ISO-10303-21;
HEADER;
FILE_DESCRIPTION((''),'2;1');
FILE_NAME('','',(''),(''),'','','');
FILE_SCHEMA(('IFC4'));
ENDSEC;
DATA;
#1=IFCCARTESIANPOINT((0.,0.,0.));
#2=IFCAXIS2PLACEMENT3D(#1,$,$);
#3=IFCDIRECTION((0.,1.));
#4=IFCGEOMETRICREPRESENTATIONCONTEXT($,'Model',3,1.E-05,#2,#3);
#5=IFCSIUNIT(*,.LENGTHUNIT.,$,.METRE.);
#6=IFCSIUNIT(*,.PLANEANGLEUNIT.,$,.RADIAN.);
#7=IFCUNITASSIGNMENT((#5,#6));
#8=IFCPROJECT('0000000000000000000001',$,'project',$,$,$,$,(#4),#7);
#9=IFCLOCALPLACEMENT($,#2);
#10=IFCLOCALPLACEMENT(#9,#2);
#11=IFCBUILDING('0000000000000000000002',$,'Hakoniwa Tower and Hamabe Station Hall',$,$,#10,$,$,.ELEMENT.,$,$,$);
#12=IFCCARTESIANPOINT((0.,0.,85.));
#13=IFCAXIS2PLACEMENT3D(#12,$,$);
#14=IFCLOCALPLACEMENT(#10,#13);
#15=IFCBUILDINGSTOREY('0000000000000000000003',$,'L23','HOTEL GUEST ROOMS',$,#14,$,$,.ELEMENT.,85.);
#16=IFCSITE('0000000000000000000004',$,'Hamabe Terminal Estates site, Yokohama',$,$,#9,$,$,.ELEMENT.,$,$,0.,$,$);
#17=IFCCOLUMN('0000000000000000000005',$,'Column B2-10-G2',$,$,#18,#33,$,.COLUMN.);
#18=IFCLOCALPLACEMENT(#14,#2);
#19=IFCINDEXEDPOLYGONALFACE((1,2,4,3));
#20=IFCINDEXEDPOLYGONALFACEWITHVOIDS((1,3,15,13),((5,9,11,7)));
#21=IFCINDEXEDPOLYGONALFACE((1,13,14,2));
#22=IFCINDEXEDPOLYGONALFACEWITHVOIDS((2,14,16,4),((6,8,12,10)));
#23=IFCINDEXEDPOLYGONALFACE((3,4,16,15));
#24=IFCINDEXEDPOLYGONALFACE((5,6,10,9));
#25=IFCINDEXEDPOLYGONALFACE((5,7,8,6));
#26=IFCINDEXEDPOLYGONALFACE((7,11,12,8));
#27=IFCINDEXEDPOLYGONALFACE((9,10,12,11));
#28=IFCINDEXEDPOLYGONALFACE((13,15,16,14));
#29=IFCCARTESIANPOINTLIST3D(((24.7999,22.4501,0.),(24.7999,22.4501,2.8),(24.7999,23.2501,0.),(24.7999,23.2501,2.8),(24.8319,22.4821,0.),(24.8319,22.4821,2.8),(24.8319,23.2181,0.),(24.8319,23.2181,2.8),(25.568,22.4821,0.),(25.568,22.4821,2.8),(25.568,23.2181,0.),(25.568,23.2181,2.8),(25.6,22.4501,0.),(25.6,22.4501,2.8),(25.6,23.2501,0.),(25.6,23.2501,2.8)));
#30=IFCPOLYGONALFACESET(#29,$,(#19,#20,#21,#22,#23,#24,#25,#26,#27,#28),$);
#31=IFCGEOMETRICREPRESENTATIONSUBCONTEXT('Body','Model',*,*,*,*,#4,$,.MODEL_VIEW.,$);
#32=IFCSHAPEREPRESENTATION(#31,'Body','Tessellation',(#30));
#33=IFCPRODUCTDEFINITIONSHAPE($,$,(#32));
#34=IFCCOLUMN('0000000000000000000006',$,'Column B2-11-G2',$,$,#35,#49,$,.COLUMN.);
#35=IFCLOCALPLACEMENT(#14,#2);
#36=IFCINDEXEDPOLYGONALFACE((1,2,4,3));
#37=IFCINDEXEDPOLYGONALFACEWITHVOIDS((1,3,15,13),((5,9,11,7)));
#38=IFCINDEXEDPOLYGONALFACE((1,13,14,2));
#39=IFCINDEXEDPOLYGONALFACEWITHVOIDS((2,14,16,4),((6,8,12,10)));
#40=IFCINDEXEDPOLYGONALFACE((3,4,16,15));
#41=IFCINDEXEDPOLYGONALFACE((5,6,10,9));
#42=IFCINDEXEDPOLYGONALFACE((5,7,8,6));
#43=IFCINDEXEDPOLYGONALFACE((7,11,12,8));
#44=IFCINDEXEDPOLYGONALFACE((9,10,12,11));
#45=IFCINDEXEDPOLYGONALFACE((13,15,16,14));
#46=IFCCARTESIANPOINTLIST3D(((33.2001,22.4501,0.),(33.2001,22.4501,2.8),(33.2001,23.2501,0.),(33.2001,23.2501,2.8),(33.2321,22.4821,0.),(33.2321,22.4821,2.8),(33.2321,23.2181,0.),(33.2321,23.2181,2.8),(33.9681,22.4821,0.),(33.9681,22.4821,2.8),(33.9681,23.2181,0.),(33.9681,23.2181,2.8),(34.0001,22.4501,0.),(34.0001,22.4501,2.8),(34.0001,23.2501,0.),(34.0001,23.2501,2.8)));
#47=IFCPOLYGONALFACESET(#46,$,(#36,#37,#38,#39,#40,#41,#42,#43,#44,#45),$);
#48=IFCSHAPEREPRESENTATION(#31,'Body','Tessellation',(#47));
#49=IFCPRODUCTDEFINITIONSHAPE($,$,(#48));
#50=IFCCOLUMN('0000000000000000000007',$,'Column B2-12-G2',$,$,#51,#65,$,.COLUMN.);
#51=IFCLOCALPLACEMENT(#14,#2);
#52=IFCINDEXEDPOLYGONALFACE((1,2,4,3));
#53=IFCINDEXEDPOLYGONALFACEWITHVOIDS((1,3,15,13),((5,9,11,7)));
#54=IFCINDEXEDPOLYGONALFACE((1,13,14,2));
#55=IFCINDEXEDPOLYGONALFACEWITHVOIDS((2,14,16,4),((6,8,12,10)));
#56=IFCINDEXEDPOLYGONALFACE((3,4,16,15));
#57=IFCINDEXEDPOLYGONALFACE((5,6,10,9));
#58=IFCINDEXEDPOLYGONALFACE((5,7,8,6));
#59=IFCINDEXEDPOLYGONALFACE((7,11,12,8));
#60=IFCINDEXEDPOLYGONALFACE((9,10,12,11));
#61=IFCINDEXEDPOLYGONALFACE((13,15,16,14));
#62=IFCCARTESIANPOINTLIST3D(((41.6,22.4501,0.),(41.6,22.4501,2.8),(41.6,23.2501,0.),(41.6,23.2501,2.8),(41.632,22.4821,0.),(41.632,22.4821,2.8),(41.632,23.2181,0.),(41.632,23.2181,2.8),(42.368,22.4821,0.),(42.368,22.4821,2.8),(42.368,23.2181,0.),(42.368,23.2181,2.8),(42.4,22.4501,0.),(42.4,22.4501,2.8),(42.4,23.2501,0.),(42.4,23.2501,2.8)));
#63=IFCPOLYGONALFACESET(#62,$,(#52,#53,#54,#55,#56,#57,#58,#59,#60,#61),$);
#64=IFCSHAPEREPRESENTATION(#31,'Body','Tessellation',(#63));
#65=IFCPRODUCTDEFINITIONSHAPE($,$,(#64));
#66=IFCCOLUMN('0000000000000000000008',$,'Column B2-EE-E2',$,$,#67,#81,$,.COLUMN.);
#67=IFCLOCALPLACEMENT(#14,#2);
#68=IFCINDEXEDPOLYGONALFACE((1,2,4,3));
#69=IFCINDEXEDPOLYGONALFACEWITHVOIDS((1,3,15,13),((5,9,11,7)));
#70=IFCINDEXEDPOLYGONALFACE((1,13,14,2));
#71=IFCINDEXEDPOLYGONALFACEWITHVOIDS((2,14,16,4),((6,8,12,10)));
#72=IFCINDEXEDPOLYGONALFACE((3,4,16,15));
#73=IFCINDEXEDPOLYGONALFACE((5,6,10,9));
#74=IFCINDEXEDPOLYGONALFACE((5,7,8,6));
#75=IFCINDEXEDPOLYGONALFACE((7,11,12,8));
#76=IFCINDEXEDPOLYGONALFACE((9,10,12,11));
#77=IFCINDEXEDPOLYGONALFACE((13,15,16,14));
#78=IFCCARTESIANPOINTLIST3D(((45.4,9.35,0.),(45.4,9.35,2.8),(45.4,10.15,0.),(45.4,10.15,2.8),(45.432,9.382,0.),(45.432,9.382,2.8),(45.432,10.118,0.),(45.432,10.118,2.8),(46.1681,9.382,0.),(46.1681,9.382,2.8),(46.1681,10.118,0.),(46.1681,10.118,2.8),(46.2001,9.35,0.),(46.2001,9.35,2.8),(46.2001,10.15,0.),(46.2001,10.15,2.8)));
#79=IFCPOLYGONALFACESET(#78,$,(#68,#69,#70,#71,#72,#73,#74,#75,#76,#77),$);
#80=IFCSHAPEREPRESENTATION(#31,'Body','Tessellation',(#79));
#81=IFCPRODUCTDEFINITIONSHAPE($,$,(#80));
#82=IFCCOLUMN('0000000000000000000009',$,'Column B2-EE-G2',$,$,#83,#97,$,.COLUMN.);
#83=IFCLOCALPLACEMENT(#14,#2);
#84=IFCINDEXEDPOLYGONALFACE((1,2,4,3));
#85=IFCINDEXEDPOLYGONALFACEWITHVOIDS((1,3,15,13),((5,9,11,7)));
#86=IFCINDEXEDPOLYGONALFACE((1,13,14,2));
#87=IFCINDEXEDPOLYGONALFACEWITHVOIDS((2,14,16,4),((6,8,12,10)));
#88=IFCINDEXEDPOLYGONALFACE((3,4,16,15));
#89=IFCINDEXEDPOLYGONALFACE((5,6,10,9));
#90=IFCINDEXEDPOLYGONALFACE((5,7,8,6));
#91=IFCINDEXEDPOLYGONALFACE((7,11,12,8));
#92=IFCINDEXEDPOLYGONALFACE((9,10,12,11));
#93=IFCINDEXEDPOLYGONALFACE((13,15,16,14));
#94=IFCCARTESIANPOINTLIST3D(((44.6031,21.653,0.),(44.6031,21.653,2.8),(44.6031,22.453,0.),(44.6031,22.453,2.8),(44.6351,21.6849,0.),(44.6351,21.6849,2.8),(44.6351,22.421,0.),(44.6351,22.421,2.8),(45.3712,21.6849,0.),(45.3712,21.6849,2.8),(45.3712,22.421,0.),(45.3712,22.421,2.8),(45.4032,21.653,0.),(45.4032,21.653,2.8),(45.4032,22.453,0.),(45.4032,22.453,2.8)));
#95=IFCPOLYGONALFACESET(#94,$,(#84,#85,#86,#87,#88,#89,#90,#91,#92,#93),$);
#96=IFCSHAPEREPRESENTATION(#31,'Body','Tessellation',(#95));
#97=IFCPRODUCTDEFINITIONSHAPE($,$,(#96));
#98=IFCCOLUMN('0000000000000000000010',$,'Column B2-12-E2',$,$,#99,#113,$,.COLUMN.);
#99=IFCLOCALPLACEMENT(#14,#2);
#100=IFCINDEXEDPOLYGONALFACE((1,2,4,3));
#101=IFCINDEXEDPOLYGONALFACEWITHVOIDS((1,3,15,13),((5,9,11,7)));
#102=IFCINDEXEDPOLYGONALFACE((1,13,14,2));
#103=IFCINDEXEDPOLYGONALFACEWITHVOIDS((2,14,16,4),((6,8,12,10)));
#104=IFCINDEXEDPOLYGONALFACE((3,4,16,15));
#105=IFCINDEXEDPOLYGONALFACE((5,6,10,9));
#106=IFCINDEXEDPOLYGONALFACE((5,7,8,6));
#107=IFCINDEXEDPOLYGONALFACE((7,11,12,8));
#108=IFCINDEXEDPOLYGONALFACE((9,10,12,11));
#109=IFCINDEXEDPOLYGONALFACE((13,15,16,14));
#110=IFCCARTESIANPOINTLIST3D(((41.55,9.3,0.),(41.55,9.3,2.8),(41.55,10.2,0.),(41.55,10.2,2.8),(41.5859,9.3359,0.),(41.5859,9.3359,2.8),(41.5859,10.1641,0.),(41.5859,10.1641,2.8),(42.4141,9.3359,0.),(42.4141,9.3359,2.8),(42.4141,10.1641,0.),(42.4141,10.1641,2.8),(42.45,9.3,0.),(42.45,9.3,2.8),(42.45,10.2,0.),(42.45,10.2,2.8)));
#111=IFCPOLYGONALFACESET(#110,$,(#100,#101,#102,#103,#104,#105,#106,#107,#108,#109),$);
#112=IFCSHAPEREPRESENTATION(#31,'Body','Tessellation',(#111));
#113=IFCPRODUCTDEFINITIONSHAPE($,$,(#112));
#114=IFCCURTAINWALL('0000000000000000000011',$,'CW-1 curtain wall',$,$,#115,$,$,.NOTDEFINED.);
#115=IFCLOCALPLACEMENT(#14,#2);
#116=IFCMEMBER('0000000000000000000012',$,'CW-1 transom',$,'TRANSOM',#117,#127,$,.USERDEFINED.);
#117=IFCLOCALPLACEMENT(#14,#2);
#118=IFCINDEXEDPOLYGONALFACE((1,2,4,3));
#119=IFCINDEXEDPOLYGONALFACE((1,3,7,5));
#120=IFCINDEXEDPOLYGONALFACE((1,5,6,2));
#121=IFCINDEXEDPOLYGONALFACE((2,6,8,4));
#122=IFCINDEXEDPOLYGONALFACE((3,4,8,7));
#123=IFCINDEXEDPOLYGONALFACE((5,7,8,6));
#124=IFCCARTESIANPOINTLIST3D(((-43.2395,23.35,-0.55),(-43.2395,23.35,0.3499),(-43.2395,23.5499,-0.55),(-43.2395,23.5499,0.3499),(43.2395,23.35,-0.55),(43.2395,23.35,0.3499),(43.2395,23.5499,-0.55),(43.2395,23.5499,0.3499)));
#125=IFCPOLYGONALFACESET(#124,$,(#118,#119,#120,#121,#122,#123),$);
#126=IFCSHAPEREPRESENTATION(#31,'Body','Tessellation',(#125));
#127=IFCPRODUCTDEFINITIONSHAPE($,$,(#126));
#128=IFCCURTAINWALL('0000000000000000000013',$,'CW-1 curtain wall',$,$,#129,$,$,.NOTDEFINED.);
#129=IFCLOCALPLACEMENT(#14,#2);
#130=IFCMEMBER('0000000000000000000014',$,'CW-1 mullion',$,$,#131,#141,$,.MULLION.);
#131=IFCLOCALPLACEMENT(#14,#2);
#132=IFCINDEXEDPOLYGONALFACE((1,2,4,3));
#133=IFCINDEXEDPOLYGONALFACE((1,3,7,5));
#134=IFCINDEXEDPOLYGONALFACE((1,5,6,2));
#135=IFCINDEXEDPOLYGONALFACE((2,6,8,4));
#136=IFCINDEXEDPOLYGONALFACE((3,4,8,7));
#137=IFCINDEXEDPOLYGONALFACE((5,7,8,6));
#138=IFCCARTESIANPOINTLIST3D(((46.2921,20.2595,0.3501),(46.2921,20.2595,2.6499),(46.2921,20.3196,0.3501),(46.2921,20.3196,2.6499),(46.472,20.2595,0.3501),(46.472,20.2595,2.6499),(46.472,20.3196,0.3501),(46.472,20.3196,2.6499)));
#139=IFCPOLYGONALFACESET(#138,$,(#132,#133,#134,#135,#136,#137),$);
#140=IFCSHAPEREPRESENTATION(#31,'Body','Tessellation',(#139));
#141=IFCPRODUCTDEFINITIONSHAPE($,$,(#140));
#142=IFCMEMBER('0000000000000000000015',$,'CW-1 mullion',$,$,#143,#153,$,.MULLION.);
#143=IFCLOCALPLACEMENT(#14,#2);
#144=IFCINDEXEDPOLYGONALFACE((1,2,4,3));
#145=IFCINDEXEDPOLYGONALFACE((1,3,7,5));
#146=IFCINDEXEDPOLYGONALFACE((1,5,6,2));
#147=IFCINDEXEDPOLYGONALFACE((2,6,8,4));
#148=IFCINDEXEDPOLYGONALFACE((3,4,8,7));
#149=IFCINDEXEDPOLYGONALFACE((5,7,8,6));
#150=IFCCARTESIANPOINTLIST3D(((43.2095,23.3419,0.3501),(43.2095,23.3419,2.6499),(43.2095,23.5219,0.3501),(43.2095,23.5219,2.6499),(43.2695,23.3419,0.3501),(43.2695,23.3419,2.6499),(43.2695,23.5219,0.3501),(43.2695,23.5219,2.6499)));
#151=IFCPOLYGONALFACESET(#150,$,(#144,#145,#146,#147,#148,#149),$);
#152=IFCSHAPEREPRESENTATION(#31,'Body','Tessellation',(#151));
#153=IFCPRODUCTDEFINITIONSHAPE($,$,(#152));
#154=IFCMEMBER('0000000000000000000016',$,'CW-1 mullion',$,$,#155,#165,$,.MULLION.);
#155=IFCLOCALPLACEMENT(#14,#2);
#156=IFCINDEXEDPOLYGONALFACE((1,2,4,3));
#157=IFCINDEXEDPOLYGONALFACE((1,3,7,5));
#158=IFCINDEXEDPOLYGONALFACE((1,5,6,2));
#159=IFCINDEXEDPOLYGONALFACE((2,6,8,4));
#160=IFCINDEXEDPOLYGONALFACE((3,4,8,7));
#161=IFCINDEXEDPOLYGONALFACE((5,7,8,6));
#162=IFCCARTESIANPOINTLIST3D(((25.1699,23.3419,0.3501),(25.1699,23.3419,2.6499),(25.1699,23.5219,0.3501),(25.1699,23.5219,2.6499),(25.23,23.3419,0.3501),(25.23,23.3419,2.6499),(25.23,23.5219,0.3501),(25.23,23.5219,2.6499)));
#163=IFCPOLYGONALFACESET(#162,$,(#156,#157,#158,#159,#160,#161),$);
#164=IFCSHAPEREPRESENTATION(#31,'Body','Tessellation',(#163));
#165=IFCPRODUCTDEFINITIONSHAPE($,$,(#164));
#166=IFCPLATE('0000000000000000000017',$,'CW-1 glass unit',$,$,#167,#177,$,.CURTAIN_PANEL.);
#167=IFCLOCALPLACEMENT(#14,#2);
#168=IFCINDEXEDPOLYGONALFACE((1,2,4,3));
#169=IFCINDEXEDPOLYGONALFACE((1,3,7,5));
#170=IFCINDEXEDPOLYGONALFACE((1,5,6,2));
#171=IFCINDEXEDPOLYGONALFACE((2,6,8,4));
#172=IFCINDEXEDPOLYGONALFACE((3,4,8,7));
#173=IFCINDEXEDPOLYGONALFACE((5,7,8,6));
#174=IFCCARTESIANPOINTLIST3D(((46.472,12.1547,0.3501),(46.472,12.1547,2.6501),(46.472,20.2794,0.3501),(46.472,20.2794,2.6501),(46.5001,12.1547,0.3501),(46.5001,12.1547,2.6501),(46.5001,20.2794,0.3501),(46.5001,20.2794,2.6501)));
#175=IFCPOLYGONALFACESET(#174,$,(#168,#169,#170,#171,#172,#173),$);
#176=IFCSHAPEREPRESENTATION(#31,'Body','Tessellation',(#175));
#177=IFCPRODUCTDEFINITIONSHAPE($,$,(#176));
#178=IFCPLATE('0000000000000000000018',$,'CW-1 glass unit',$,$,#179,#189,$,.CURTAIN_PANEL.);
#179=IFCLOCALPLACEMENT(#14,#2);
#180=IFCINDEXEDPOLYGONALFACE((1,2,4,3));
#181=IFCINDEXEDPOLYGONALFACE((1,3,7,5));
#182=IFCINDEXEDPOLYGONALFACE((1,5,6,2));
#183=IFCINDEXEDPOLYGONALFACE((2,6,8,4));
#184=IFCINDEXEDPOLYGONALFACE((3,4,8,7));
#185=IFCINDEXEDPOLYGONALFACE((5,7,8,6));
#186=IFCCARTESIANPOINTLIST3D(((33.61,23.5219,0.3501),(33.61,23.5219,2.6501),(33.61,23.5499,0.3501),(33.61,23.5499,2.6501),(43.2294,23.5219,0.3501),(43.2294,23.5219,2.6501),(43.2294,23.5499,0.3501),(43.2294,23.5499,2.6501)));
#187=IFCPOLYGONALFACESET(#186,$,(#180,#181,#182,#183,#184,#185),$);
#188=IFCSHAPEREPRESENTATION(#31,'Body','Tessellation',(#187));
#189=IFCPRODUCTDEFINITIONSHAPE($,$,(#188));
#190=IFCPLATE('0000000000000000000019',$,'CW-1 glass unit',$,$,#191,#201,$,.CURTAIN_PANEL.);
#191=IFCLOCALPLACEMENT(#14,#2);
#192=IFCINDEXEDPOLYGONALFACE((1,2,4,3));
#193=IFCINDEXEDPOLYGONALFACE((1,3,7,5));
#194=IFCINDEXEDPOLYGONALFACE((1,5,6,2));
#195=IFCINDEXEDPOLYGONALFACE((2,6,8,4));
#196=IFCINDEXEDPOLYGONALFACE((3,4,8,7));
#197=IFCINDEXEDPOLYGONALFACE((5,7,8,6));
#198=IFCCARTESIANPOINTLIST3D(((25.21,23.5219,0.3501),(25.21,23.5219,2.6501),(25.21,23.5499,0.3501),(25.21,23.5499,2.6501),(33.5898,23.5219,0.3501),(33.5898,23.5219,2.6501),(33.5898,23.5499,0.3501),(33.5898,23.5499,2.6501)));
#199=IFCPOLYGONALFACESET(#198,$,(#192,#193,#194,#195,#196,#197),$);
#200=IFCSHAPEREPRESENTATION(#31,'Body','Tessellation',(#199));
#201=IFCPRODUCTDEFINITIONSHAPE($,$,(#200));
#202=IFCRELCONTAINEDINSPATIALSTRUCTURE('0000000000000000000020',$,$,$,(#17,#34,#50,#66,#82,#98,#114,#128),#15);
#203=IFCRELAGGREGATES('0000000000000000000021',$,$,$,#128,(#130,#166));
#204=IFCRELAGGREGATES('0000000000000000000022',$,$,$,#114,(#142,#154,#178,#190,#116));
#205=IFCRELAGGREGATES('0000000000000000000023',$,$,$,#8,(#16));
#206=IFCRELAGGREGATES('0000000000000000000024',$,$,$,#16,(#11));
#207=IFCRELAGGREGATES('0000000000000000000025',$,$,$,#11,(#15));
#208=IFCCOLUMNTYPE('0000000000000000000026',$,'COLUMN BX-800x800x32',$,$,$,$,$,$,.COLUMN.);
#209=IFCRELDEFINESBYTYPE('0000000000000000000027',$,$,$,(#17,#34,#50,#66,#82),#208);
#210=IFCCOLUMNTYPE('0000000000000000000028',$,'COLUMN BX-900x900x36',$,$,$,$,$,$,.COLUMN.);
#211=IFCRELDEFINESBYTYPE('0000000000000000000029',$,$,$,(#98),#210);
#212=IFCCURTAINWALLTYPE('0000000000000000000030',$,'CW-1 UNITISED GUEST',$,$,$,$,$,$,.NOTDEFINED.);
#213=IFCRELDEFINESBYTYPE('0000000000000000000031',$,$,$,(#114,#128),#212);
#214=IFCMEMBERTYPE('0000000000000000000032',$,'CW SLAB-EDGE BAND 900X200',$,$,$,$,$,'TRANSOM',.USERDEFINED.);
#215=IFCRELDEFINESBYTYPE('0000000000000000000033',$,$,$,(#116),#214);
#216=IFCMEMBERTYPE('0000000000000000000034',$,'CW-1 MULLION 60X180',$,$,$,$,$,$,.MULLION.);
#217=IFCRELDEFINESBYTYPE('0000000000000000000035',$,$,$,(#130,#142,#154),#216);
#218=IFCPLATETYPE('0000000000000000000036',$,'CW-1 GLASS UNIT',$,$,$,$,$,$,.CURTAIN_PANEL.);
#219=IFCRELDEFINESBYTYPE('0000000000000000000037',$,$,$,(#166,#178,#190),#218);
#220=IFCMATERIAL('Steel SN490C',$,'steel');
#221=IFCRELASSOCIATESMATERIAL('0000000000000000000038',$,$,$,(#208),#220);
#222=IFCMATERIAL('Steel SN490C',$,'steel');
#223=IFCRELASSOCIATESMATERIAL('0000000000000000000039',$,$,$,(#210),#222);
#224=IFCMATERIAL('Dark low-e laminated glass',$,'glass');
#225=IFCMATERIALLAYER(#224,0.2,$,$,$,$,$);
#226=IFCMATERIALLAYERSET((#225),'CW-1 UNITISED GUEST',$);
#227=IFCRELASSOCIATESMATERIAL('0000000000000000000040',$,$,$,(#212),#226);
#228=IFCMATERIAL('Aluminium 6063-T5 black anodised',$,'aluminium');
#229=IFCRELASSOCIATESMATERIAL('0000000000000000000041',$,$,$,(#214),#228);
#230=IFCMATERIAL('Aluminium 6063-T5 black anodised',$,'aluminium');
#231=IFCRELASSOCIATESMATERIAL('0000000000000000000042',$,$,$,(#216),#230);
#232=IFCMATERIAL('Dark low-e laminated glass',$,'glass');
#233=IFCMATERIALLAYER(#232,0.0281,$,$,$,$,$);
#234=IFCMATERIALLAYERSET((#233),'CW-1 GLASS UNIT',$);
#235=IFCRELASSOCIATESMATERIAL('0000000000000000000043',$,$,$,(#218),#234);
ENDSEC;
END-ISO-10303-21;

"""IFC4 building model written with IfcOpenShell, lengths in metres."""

from ifc_helpers import new_model, si_unit, direction, frame, origin, origin_2d, place, context, subcontext, project, spatial, rectangle, hollow_rectangle, extrude, material, layer, layer_set, material_profile, profile_set, type_object, element, aggregate, save


model = new_model("IFC4")

# Units and contexts
model_context = context("Model", 3, precision=1e-05, world=origin(), true_north=direction((0.0, 1.0)))
body_context = subcontext(model_context, "Body", "Model", "MODEL_VIEW")
ifc_project = project(units=[si_unit("LENGTHUNIT", "METRE"), si_unit("PLANEANGLEUNIT", "RADIAN")], contexts=[model_context])

# Site, building, storey
site_placement = place(None, origin())
site = spatial("IfcSite", under=ifc_project, at=site_placement, Name="Hamabe Terminal Estates site, Yokohama", CompositionType="ELEMENT", RefElevation=0.0)
building_placement = place(site_placement, origin())
building = spatial("IfcBuilding", under=site, at=building_placement, Name="Hakoniwa Tower and Hamabe Station Hall", CompositionType="ELEMENT")
storey_placement = place(building_placement, frame((0.0, 0.0, 85.0)))
storey = spatial("IfcBuildingStorey", under=building, at=storey_placement, Name="L23", Description="HOTEL GUEST ROOMS", CompositionType="ELEMENT", Elevation=85.0)

# Columns
ifc_material_1 = material(Name="Steel SN490C", Category="steel")
ifc_material_profile_1 = material_profile(ifc_material_1, hollow_rectangle(XDim=0.8, YDim=0.8, WallThickness=0.032, at=origin_2d()), Name="BX-800x800x32")
ifc_profile_set_1 = profile_set([ifc_material_profile_1], Name="Steel SN490C")
column_type_1 = type_object("IfcColumnType", Name="COLUMN BX-800x800x32", PredefinedType="COLUMN", material=ifc_profile_set_1)
for number, where, z_axis, x_axis, name in (
    (1, (25.2, 22.8501, 0.0), (0.0, 0.0, 1.0), (1.0, 0.0, 0.0), "Column B2-10-G2"),
    (2, (33.6001, 22.8501, 0.0), (0.0, 0.0, 1.0), (1.0, 0.0, 0.0), "Column B2-11-G2"),
    (3, (42.0, 22.8501, 0.0), (0.0, 0.0, 1.0), (1.0, 0.0, 0.0), "Column B2-12-G2"),
    (4, (45.8, 9.75, 0.0), (0.0, 0.0, 1.0), (1.0, 0.0, 0.0), "Column B2-EE-E2"),
    (5, (45.0032, 22.053, 0.0), (0.0, 0.0, 1.0), (1.0, 0.0, 0.0), "Column B2-EE-G2"),
):
    element("IfcColumn", number, at=place(storey_placement, frame(where, z_axis=z_axis, x_axis=x_axis)), inside=storey, type_object=column_type_1, Name=name, PredefinedType="COLUMN", context=body_context, shape_type="SweptSolid", body=[
        extrude(hollow_rectangle(XDim=0.8, YDim=0.8, WallThickness=0.032, at=origin_2d()), origin(), (0.0, 0.0, 1.0), 2.8),
    ])
ifc_material_2 = material(Name="Steel SN490C", Category="steel")
ifc_material_profile_2 = material_profile(ifc_material_2, hollow_rectangle(XDim=0.8999, YDim=0.8999, WallThickness=0.0359, at=origin_2d()), Name="BX-900x900x36")
ifc_profile_set_2 = profile_set([ifc_material_profile_2], Name="Steel SN490C")
column_type_2 = type_object("IfcColumnType", Name="COLUMN BX-900x900x36", PredefinedType="COLUMN", material=ifc_profile_set_2)
column_placement = place(storey_placement, frame((42.0, 9.75, 0.0), z_axis=(0.0, 0.0, 1.0), x_axis=(1.0, 0.0, 0.0)))
element("IfcColumn", 6, at=column_placement, inside=storey, type_object=column_type_2, Name="Column B2-12-E2", PredefinedType="COLUMN", context=body_context, shape_type="SweptSolid", body=[
    extrude(hollow_rectangle(XDim=0.8999, YDim=0.8999, WallThickness=0.0359, at=origin_2d()), origin(), (0.0, 0.0, 1.0), 2.8),
])

# Curtain walls, members
ifc_material_3 = material(Name="Dark low-e laminated glass", Category="glass")
ifc_layer_1 = layer(ifc_material_3, 0.2)
ifc_layer_set_1 = layer_set([ifc_layer_1], Name="CW-1 UNITISED GUEST")
curtain_wall_type = type_object("IfcCurtainWallType", Name="CW-1 UNITISED GUEST", PredefinedType="NOTDEFINED", material=ifc_layer_set_1)
curtain_wall_1_placement = place(storey_placement, origin())
curtain_wall_1 = element("IfcCurtainWall", 7, at=curtain_wall_1_placement, inside=storey, type_object=curtain_wall_type, Name="CW-1 curtain wall", PredefinedType="NOTDEFINED")
ifc_material_4 = material(Name="Aluminium 6063-T5 black anodised", Category="aluminium")
ifc_material_profile_3 = material_profile(ifc_material_4, rectangle(XDim=0.2, YDim=0.8999, at=origin_2d()), Name="CW SLAB-EDGE BAND 900X200")
ifc_profile_set_3 = profile_set([ifc_material_profile_3], Name="Aluminium 6063-T5 black anodised")
member_type_1 = type_object("IfcMemberType", Name="CW SLAB-EDGE BAND 900X200", ElementType="TRANSOM", PredefinedType="USERDEFINED", material=ifc_profile_set_3)
member_1_placement = place(storey_placement, frame((43.2395, 23.45, -0.1001), z_axis=(-1.0, 0.0, 0.0), x_axis=(0.0, -1.0, 0.0)))
member_1 = element("IfcMember", 8, at=member_1_placement, type_object=member_type_1, Name="CW-1 transom", ObjectType="TRANSOM", PredefinedType="USERDEFINED", context=body_context, shape_type="SweptSolid", body=[
    extrude(rectangle(XDim=0.2, YDim=0.8999, at=origin_2d()), origin(), (0.0, 0.0, 1.0), 86.479),
])
curtain_wall_2_placement = place(storey_placement, origin())
curtain_wall_2 = element("IfcCurtainWall", 9, at=curtain_wall_2_placement, inside=storey, type_object=curtain_wall_type, Name="CW-1 curtain wall", PredefinedType="NOTDEFINED")
ifc_material_5 = material(Name="Aluminium 6063-T5 black anodised", Category="aluminium")
ifc_material_profile_4 = material_profile(ifc_material_5, rectangle(XDim=0.0601, YDim=0.1799, at=origin_2d()), Name="CW-1 MULLION 60X180")
ifc_profile_set_4 = profile_set([ifc_material_profile_4], Name="Aluminium 6063-T5 black anodised")
member_type_2 = type_object("IfcMemberType", Name="CW-1 MULLION 60X180", PredefinedType="MULLION", material=ifc_profile_set_4)
member_2_placement = place(storey_placement, frame((46.3821, 20.2896, 0.3501), z_axis=(0.0, 0.0, 1.0), x_axis=(0.0, 1.0, 0.0)))
member_2 = element("IfcMember", 10, at=member_2_placement, type_object=member_type_2, Name="CW-1 mullion", PredefinedType="MULLION", context=body_context, shape_type="SweptSolid", body=[
    extrude(rectangle(XDim=0.0601, YDim=0.1799, at=origin_2d()), origin(), (0.0, 0.0, 1.0), 2.2998),
])

# Members
member_3_placement = place(storey_placement, frame((43.2395, 23.4319, 0.3501), z_axis=(0.0, 0.0, 1.0), x_axis=(-1.0, 0.0, 0.0)))
member_3 = element("IfcMember", 11, at=member_3_placement, type_object=member_type_2, Name="CW-1 mullion", PredefinedType="MULLION", context=body_context, shape_type="SweptSolid", body=[
    extrude(rectangle(XDim=0.0601, YDim=0.1799, at=origin_2d()), origin(), (0.0, 0.0, 1.0), 2.2998),
])
member_4_placement = place(storey_placement, frame((25.2, 23.4319, 0.3501), z_axis=(0.0, 0.0, 1.0), x_axis=(-1.0, 0.0, 0.0)))
member_4 = element("IfcMember", 12, at=member_4_placement, type_object=member_type_2, Name="CW-1 mullion", PredefinedType="MULLION", context=body_context, shape_type="SweptSolid", body=[
    extrude(rectangle(XDim=0.0601, YDim=0.1799, at=origin_2d()), origin(), (0.0, 0.0, 1.0), 2.2998),
])

# Plates
ifc_material_6 = material(Name="Dark low-e laminated glass", Category="glass")
ifc_layer_2 = layer(ifc_material_6, 0.0281)
ifc_layer_set_2 = layer_set([ifc_layer_2], Name="CW-1 GLASS UNIT")
plate_type = type_object("IfcPlateType", Name="CW-1 GLASS UNIT", PredefinedType="CURTAIN_PANEL", material=ifc_layer_set_2)
plate_1_placement = place(storey_placement, frame((46.4861, 16.217, 0.3501), z_axis=(0.0, 0.0, 1.0), x_axis=(0.0, 1.0, 0.0)))
plate_1 = element("IfcPlate", 13, at=plate_1_placement, type_object=plate_type, Name="CW-1 glass unit", PredefinedType="CURTAIN_PANEL", context=body_context, shape_type="SweptSolid", body=[
    extrude(rectangle(XDim=8.1248, YDim=0.0281, at=origin_2d()), origin(), (0.0, 0.0, 1.0), 2.3),
])
aggregate(curtain_wall_2, [member_2, plate_1])
plate_2_placement = place(storey_placement, frame((38.4197, 23.5359, 0.3501), z_axis=(0.0, 0.0, 1.0), x_axis=(-1.0, 0.0, 0.0)))
plate_2 = element("IfcPlate", 14, at=plate_2_placement, type_object=plate_type, Name="CW-1 glass unit", PredefinedType="CURTAIN_PANEL", context=body_context, shape_type="SweptSolid", body=[
    extrude(rectangle(XDim=9.6194, YDim=0.0281, at=origin_2d()), origin(), (0.0, 0.0, 1.0), 2.3),
])
plate_3_placement = place(storey_placement, frame((29.3999, 23.5359, 0.3501), z_axis=(0.0, 0.0, 1.0), x_axis=(-1.0, 0.0, 0.0)))
plate_3 = element("IfcPlate", 15, at=plate_3_placement, type_object=plate_type, Name="CW-1 glass unit", PredefinedType="CURTAIN_PANEL", context=body_context, shape_type="SweptSolid", body=[
    extrude(rectangle(XDim=8.3799, YDim=0.0281, at=origin_2d()), origin(), (0.0, 0.0, 1.0), 2.3),
])
aggregate(curtain_wall_1, [member_3, member_4, plate_2, plate_3, member_1])

save(model, "model.ifc")
